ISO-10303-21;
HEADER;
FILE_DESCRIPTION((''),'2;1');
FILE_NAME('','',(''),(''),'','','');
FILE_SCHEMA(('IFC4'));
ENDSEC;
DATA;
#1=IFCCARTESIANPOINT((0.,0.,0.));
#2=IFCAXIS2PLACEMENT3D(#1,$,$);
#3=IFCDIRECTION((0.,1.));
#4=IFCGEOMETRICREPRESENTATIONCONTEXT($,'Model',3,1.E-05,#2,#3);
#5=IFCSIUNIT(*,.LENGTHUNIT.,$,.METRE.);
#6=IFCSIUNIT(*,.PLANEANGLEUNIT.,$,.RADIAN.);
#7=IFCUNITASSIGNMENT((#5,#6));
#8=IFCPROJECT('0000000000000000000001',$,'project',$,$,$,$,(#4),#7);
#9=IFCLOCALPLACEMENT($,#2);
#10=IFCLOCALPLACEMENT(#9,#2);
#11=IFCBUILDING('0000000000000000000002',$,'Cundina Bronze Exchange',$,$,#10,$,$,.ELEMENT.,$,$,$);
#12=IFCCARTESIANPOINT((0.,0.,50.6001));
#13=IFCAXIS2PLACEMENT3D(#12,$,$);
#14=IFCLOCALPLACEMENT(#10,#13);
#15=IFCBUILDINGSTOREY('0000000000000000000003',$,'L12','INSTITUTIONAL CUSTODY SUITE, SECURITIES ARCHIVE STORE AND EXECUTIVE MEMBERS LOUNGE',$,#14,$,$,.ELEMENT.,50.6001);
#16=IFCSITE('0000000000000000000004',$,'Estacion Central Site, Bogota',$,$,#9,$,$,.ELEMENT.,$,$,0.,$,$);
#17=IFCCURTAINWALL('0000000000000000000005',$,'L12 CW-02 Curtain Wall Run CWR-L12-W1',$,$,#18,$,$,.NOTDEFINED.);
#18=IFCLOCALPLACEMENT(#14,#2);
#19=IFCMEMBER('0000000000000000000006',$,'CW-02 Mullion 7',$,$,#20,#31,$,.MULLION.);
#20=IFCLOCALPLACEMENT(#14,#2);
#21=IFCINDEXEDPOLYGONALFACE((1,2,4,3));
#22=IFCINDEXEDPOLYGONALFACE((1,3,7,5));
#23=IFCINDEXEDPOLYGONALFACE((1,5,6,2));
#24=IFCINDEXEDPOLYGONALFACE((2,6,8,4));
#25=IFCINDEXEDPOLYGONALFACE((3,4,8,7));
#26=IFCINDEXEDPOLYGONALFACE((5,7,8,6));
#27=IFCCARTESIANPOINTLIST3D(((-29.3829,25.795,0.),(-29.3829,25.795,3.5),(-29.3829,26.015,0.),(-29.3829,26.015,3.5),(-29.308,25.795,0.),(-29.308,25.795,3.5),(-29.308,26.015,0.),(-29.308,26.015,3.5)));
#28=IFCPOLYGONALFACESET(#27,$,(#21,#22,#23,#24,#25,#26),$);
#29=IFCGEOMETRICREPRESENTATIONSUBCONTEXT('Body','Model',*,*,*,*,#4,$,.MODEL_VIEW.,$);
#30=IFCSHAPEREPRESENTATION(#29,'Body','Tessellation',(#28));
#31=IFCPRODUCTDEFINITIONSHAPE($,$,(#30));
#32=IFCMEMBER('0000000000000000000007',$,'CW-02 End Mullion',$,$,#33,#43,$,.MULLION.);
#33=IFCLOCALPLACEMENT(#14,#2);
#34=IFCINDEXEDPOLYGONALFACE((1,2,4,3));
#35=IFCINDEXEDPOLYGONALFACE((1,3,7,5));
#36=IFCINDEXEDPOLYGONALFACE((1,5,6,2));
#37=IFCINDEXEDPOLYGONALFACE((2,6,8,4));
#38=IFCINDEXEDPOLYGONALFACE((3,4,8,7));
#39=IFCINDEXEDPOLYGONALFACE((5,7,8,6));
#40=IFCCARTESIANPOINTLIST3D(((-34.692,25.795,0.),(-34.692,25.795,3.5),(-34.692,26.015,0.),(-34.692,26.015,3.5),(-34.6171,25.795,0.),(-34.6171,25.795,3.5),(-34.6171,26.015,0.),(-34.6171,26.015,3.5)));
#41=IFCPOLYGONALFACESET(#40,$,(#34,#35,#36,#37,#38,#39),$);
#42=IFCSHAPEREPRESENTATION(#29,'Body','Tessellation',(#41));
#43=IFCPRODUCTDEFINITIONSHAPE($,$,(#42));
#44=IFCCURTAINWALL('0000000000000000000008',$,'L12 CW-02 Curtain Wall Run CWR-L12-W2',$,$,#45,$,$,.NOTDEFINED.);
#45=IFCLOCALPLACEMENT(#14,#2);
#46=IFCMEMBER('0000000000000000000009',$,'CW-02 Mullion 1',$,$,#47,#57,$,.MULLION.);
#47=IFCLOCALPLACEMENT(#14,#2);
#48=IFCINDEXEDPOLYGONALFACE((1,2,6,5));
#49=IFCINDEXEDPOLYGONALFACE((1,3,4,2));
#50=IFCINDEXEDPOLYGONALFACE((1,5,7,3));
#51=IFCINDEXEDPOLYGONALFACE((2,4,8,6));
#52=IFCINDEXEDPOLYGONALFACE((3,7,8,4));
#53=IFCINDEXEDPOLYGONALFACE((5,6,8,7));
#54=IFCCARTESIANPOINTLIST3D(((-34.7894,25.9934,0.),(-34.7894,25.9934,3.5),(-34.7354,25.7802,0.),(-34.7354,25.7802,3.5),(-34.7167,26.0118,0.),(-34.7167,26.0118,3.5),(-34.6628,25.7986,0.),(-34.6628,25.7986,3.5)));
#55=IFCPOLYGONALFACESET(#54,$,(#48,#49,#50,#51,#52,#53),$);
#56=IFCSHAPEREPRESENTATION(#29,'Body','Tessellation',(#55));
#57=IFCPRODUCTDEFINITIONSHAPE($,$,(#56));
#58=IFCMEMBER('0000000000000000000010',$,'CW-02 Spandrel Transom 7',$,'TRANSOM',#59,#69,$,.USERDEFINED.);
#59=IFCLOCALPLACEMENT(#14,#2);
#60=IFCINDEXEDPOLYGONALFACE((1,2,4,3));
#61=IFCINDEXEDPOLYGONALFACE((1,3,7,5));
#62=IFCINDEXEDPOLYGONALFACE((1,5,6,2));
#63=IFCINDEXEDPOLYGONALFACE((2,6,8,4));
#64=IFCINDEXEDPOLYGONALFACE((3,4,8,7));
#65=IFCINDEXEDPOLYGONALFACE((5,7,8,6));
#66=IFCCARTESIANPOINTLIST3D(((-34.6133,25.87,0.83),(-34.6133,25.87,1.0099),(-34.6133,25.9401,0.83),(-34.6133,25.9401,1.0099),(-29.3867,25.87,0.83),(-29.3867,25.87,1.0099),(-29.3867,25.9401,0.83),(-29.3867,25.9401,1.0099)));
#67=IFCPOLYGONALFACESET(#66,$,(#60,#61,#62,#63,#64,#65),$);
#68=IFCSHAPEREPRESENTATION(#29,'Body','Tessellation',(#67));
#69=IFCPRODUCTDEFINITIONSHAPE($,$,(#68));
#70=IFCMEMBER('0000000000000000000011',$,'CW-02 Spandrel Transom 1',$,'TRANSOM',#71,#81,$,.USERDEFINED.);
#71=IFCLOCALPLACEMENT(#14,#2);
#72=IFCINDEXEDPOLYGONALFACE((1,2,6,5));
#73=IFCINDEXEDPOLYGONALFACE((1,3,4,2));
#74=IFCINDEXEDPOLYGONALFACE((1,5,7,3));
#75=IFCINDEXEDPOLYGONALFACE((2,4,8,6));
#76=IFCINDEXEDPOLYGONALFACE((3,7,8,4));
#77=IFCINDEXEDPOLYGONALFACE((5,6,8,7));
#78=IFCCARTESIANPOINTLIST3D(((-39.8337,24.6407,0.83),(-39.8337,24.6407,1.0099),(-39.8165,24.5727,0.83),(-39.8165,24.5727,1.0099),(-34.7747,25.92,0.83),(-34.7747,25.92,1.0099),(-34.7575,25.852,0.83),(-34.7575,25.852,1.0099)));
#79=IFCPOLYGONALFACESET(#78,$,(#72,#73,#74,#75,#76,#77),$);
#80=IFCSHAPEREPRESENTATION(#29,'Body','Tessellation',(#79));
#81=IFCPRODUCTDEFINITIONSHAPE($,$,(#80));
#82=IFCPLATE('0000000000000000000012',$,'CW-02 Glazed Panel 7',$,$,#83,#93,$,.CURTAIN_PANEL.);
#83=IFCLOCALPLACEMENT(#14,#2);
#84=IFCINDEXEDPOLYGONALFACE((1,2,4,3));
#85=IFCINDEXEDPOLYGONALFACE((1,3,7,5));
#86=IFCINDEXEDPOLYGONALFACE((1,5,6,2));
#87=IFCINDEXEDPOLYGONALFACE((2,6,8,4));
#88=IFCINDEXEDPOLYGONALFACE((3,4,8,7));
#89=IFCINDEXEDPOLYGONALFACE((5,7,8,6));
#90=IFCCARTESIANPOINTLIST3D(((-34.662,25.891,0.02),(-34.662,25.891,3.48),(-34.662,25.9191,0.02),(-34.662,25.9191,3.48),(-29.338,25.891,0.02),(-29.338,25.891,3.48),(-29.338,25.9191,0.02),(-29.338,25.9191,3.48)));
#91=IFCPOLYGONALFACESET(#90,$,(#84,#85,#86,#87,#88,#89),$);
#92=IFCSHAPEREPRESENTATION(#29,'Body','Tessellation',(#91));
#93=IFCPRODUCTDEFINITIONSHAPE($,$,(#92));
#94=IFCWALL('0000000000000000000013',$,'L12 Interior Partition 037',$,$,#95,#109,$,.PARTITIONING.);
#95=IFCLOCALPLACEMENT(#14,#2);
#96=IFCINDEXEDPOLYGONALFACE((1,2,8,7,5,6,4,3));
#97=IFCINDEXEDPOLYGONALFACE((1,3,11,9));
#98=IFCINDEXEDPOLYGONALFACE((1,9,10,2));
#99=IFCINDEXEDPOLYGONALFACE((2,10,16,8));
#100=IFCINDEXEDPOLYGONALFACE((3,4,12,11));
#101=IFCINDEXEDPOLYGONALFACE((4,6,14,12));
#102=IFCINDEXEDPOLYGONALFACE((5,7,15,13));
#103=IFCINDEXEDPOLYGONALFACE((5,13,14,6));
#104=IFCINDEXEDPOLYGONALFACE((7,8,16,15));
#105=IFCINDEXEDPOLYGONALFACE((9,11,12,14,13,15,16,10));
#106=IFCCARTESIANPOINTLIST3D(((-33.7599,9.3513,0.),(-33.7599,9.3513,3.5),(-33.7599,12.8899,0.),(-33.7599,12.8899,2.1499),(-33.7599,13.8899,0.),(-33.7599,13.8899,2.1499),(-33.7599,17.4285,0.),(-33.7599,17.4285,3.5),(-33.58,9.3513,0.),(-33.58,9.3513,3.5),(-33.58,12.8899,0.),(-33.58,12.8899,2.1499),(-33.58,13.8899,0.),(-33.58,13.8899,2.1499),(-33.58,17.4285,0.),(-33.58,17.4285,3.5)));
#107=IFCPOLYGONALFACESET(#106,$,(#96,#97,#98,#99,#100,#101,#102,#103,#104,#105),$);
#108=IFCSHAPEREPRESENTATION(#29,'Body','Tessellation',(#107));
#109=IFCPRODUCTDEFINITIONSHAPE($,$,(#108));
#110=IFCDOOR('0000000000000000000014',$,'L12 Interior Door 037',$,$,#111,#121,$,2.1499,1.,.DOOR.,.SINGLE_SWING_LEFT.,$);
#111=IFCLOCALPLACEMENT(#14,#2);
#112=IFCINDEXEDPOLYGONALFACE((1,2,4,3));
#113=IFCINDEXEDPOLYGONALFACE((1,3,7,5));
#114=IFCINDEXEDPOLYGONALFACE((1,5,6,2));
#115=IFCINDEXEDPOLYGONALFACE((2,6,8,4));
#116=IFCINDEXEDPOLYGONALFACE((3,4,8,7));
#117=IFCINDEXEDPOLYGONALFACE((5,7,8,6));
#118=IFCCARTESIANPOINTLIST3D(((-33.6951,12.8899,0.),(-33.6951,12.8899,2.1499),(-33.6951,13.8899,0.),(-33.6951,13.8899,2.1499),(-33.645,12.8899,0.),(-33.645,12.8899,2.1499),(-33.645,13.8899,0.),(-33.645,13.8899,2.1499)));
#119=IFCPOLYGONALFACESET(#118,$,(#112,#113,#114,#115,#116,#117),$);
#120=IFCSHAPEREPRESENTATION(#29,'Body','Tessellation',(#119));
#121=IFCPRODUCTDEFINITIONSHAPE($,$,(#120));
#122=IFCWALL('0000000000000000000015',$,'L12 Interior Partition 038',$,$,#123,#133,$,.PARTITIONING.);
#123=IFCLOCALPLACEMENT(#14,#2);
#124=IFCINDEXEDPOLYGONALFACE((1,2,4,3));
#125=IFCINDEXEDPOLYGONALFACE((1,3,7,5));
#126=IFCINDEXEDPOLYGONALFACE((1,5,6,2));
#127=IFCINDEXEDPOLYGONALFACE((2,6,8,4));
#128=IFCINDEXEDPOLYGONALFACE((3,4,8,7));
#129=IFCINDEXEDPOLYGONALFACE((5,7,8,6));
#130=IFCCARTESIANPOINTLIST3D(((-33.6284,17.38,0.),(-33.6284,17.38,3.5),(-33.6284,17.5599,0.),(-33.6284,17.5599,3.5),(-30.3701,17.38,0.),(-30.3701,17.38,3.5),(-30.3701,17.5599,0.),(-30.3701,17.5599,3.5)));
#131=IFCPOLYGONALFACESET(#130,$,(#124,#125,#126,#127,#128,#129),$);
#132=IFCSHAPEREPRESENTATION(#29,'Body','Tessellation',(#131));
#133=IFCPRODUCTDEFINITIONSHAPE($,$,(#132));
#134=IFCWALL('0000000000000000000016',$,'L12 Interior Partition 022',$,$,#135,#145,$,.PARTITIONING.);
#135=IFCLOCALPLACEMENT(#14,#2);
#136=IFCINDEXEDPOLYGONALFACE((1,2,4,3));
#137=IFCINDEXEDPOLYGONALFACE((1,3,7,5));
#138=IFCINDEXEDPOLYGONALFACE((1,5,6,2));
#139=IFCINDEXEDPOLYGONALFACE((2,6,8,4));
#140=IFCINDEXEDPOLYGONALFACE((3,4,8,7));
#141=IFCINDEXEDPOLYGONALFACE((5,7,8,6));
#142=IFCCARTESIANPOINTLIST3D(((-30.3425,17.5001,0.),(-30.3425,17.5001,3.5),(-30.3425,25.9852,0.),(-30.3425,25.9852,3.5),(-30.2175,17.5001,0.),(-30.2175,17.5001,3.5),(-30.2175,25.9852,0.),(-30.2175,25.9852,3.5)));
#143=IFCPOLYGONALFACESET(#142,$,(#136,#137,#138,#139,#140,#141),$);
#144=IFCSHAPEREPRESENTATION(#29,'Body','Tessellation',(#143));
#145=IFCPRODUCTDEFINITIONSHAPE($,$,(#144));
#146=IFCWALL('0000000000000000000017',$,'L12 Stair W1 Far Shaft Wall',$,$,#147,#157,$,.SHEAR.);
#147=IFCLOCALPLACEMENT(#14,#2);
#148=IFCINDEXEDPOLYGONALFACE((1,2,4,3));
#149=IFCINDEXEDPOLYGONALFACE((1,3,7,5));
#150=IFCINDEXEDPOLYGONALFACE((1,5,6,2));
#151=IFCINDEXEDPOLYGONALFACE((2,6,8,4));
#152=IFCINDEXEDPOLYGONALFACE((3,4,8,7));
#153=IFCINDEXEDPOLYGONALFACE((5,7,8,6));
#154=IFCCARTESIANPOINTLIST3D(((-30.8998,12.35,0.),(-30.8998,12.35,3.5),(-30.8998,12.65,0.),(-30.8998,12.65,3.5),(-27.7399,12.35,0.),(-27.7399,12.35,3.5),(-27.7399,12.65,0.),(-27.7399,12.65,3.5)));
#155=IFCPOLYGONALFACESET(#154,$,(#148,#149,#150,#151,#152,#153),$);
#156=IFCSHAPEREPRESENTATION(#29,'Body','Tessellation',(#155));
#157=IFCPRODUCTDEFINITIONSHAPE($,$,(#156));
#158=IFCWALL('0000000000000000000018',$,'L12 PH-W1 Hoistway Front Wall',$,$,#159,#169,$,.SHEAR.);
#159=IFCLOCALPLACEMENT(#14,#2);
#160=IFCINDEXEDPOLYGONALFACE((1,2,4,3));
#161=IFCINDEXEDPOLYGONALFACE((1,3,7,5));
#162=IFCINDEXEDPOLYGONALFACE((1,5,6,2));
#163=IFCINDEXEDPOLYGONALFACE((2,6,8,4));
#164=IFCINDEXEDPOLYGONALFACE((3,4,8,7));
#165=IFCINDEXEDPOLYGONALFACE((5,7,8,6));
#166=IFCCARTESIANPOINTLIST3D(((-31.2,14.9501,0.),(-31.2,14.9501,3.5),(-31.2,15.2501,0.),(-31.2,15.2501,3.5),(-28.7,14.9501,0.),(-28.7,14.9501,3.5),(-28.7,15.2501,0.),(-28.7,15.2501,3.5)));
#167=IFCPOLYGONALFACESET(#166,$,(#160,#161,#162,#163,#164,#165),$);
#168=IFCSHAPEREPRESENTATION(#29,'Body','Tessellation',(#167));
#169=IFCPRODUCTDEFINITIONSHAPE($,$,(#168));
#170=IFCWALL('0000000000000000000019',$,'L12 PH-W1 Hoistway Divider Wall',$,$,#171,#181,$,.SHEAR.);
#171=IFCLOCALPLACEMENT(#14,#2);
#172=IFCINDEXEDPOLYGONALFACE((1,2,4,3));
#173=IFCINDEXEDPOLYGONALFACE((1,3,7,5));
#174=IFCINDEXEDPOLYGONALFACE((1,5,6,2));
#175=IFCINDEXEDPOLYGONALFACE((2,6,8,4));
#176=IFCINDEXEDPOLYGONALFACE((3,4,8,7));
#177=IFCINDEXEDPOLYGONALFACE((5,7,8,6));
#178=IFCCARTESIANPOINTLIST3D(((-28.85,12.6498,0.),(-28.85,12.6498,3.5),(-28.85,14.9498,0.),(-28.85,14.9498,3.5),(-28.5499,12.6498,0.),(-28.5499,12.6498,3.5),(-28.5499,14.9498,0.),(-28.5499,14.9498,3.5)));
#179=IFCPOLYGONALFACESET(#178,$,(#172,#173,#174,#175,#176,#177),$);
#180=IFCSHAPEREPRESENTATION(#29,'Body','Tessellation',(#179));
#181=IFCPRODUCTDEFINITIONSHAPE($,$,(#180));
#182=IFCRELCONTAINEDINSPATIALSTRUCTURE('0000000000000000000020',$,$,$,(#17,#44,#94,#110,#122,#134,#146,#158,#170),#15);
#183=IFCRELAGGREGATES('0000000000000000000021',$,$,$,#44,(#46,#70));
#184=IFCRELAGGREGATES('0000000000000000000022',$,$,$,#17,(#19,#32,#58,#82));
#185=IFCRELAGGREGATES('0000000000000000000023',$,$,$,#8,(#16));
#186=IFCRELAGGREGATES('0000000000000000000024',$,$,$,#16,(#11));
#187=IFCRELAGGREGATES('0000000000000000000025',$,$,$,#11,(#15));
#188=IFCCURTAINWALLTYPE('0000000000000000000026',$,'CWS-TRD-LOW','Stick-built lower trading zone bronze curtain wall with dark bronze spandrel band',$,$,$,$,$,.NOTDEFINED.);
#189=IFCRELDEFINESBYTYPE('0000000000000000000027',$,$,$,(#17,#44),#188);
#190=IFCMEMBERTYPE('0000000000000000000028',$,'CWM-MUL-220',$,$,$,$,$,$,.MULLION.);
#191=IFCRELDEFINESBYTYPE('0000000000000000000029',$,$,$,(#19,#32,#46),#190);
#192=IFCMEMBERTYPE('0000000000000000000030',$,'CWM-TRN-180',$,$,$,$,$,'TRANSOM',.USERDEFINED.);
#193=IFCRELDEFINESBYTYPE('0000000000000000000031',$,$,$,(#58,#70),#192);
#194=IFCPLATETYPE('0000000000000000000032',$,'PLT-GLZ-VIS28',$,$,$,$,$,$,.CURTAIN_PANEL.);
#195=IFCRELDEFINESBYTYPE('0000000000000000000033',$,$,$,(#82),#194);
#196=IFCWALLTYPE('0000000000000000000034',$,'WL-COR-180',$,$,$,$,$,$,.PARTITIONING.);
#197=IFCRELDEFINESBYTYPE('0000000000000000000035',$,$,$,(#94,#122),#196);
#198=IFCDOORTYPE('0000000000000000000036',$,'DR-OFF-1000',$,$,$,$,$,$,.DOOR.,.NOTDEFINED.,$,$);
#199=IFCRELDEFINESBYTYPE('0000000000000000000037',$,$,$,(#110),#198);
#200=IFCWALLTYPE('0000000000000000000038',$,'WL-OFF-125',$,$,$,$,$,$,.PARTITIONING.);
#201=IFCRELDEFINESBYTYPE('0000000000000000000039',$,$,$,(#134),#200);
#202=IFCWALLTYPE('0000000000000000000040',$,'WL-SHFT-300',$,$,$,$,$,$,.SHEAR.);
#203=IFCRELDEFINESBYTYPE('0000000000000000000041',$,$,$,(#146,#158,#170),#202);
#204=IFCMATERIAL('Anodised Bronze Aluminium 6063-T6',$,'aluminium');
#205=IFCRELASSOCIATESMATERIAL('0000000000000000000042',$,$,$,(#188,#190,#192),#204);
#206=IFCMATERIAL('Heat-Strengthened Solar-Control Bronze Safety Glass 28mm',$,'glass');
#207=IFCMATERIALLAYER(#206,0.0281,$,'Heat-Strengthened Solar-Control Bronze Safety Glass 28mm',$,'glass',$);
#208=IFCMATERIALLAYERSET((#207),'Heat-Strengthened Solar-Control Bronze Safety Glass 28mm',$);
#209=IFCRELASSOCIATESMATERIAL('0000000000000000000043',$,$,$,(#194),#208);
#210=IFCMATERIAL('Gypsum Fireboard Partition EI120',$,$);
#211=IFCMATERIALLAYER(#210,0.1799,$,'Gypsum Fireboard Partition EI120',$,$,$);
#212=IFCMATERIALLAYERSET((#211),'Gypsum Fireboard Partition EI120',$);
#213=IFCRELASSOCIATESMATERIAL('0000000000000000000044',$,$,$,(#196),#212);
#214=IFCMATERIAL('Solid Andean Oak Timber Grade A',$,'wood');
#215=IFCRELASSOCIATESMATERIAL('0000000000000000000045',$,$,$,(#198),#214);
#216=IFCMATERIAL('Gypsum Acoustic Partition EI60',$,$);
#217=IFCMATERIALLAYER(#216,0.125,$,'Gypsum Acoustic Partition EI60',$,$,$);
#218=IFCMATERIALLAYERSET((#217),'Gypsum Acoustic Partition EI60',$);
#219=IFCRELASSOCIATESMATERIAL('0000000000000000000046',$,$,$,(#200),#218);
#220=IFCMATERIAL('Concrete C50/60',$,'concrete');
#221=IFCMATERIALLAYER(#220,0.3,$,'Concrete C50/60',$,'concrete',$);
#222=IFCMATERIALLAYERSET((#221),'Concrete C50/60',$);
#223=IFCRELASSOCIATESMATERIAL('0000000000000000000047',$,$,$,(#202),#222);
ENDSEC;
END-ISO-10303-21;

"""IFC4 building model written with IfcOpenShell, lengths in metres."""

from ifc_helpers import new_model, si_unit, direction, frame, frame_2d, origin, origin_2d, place, context, subcontext, project, spatial, rectangle, extrude, material, layer, layer_set, material_profile, profile_set, type_object, element, fill, aggregate, save


model = new_model("IFC4")

# Units and contexts
model_context = context("Model", 3, precision=1e-05, world=origin(), true_north=direction((0.0, 1.0)))
body_context = subcontext(model_context, "Body", "Model", "MODEL_VIEW")
ifc_project = project(units=[si_unit("LENGTHUNIT", "METRE"), si_unit("PLANEANGLEUNIT", "RADIAN")], contexts=[model_context])

# Site, building, storey
site_placement = place(None, origin())
site = spatial("IfcSite", under=ifc_project, at=site_placement, Name="Estacion Central Site, Bogota", CompositionType="ELEMENT", RefElevation=0.0)
building_placement = place(site_placement, origin())
building = spatial("IfcBuilding", under=site, at=building_placement, Name="Cundina Bronze Exchange", CompositionType="ELEMENT")
storey_placement = place(building_placement, frame((0.0, 0.0, 50.6001)))
storey = spatial("IfcBuildingStorey", under=building, at=storey_placement, Name="L12", Description="INSTITUTIONAL CUSTODY SUITE, SECURITIES ARCHIVE STORE AND EXECUTIVE MEMBERS LOUNGE", CompositionType="ELEMENT", Elevation=50.6001)

# Curtain wall, members
ifc_material_1 = material(Name="Anodised Bronze Aluminium 6063-T6", Category="aluminium")
curtain_wall_type = type_object("IfcCurtainWallType", Name="CWS-TRD-LOW", Description="Stick-built lower trading zone bronze curtain wall with dark bronze spandrel band", PredefinedType="NOTDEFINED", material=ifc_material_1)
curtain_wall_1_placement = place(storey_placement, origin())
curtain_wall_1 = element("IfcCurtainWall", 1, at=curtain_wall_1_placement, inside=storey, type_object=curtain_wall_type, Name="L12 CW-02 Curtain Wall Run CWR-L12-W1", PredefinedType="NOTDEFINED")
ifc_material_profile_1 = material_profile(ifc_material_1, rectangle(XDim=0.075, YDim=0.22, at=origin_2d()), Name="AL75X220", Category="aluminium")
ifc_profile_set_1 = profile_set([ifc_material_profile_1], Name="Anodised Bronze Aluminium 6063-T6")
member_type_1 = type_object("IfcMemberType", Name="CWM-MUL-220", PredefinedType="MULLION", material=ifc_profile_set_1)
member_1_placement = place(storey_placement, frame((-29.3455, 25.905, 0.0), z_axis=(0.0, 0.0, 1.0), x_axis=(-1.0, 0.0, 0.0)))
member_1 = element("IfcMember", 2, at=member_1_placement, type_object=member_type_1, Name="CW-02 Mullion 7", PredefinedType="MULLION", context=body_context, shape_type="SweptSolid", body=[
    extrude(rectangle(XDim=0.075, YDim=0.22, at=origin_2d()), origin(), (0.0, 0.0, 1.0), 3.5),
])
member_2_placement = place(storey_placement, frame((-34.6545, 25.905, 0.0), z_axis=(0.0, 0.0, 1.0), x_axis=(-1.0, 0.0, 0.0)))
member_2 = element("IfcMember", 3, at=member_2_placement, type_object=member_type_1, Name="CW-02 End Mullion", PredefinedType="MULLION", context=body_context, shape_type="SweptSolid", body=[
    extrude(rectangle(XDim=0.075, YDim=0.22, at=origin_2d()), origin(), (0.0, 0.0, 1.0), 3.5),
])

# Curtain wall, member
curtain_wall_2_placement = place(storey_placement, origin())
curtain_wall_2 = element("IfcCurtainWall", 4, at=curtain_wall_2_placement, inside=storey, type_object=curtain_wall_type, Name="L12 CW-02 Curtain Wall Run CWR-L12-W2", PredefinedType="NOTDEFINED")
member_3_placement = place(storey_placement, frame((-34.7261, 25.896, 0.0), z_axis=(0.0, 0.0, 1.0), x_axis=(-0.969488, -0.245138, 0.0)))
member_3 = element("IfcMember", 5, at=member_3_placement, type_object=member_type_1, Name="CW-02 Mullion 1", PredefinedType="MULLION", context=body_context, shape_type="SweptSolid", body=[
    extrude(rectangle(XDim=0.075, YDim=0.22, at=origin_2d()), origin(), (0.0, 0.0, 1.0), 3.5),
])

# Members
ifc_material_profile_2 = material_profile(ifc_material_1, rectangle(XDim=0.0701, YDim=0.1799, at=origin_2d()), Name="AL70X180", Category="aluminium")
ifc_profile_set_2 = profile_set([ifc_material_profile_2], Name="Anodised Bronze Aluminium 6063-T6")
member_type_2 = type_object("IfcMemberType", Name="CWM-TRN-180", ElementType="TRANSOM", PredefinedType="USERDEFINED", material=ifc_profile_set_2)
member_4_placement = place(storey_placement, frame((-29.3867, 25.905, 0.9199), z_axis=(-1.0, 0.0, 0.0), x_axis=(0.0, -1.0, 0.0)))
member_4 = element("IfcMember", 6, at=member_4_placement, type_object=member_type_2, Name="CW-02 Spandrel Transom 7", ObjectType="TRANSOM", PredefinedType="USERDEFINED", context=body_context, shape_type="SweptSolid", body=[
    extrude(rectangle(XDim=0.0701, YDim=0.1799, at=origin_2d()), origin(), (0.0, 0.0, 1.0), 5.2266),
])
member_5_placement = place(storey_placement, frame((-34.7661, 25.886, 0.9199), z_axis=(-0.969484, -0.245155, 0.0), x_axis=(0.245155, -0.969484, 0.0)))
member_5 = element("IfcMember", 7, at=member_5_placement, type_object=member_type_2, Name="CW-02 Spandrel Transom 1", ObjectType="TRANSOM", PredefinedType="USERDEFINED", context=body_context, shape_type="SweptSolid", body=[
    extrude(rectangle(XDim=0.0701, YDim=0.1799, at=origin_2d()), origin(), (0.0, 0.0, 1.0), 5.2183),
])
aggregate(curtain_wall_2, [member_3, member_5])

# Plate
ifc_material_2 = material(Name="Heat-Strengthened Solar-Control Bronze Safety Glass 28mm", Category="glass")
ifc_layer_1 = layer(ifc_material_2, 0.0281, Name="Heat-Strengthened Solar-Control Bronze Safety Glass 28mm", Category="glass")
ifc_layer_set_1 = layer_set([ifc_layer_1], Name="Heat-Strengthened Solar-Control Bronze Safety Glass 28mm")
plate_type = type_object("IfcPlateType", Name="PLT-GLZ-VIS28", PredefinedType="CURTAIN_PANEL", material=ifc_layer_set_1)
plate_placement = place(storey_placement, frame((-32.0, 25.905, 0.02), z_axis=(0.0, 0.0, 1.0), x_axis=(-1.0, 0.0, 0.0)))
plate = element("IfcPlate", 8, at=plate_placement, type_object=plate_type, Name="CW-02 Glazed Panel 7", PredefinedType="CURTAIN_PANEL", context=body_context, shape_type="SweptSolid", body=[
    extrude(rectangle(XDim=5.324, YDim=0.0281, at=origin_2d()), origin(), (0.0, 0.0, 1.0), 3.46),
])
aggregate(curtain_wall_1, [member_1, member_2, member_4, plate])

# Wall, opening, door
ifc_material_3 = material(Name="Gypsum Fireboard Partition EI120")
ifc_layer_2 = layer(ifc_material_3, 0.1799, Name="Gypsum Fireboard Partition EI120")
ifc_layer_set_2 = layer_set([ifc_layer_2], Name="Gypsum Fireboard Partition EI120")
wall_type_1 = type_object("IfcWallType", Name="WL-COR-180", PredefinedType="PARTITIONING", material=ifc_layer_set_2)
ifc_material_4 = material(Name="Solid Andean Oak Timber Grade A", Category="wood")
door_type_1 = type_object("IfcDoorType", Name="DR-OFF-1000", OperationType="NOTDEFINED", PredefinedType="DOOR", material=ifc_material_4)
wall_1_placement = place(storey_placement, frame((-33.6699, 17.4285, 0.0), z_axis=(0.0, 0.0, 1.0), x_axis=(0.0, -1.0, 0.0)))
wall_1 = element("IfcWall", 9, at=wall_1_placement, inside=storey, type_object=wall_type_1, Name="L12 Interior Partition 037", PredefinedType="PARTITIONING", context=body_context, shape_type="SweptSolid", body=[
    extrude(rectangle(XDim=8.0771, YDim=0.1799, at=frame_2d((4.0386, 0.0))), origin(), (0.0, 0.0, 1.0), 3.5),
])
opening_1_placement = place(wall_1_placement, frame((3.5386, 0.0, 0.0)))
opening_1 = element("IfcOpeningElement", 10, at=opening_1_placement, cuts=wall_1, PredefinedType="OPENING", context=body_context, shape_type="SweptSolid", body=[
    extrude(rectangle(XDim=1.0, YDim=2.1499, at=frame_2d((0.5, 1.075))), frame((0.0, 0.0999, 0.0), z_axis=(0.0, -1.0, 0.0), x_axis=(1.0, 0.0, 0.0)), (0.0, 0.0, 1.0), 0.2),
])
door_1_placement = place(opening_1_placement, origin())
door_1 = element("IfcDoor", 11, at=door_1_placement, inside=storey, type_object=door_type_1, Name="L12 Interior Door 037", OperationType="SINGLE_SWING_LEFT", OverallHeight=2.1499, OverallWidth=1.0, PredefinedType="DOOR", context=body_context, shape_type="SweptSolid", body=[
    extrude(rectangle(XDim=1.0, YDim=2.1499, at=frame_2d((0.5, 1.075))), frame((0.0, 0.0249, 0.0), z_axis=(0.0, -1.0, 0.0), x_axis=(1.0, 0.0, 0.0)), (0.0, 0.0, 1.0), 0.05),
])
fill(opening_1, door_1)

# Walls
wall_2_placement = place(storey_placement, frame((-30.3701, 17.47, 0.0), z_axis=(0.0, 0.0, 1.0), x_axis=(-1.0, 0.0, 0.0)))
element("IfcWall", 12, at=wall_2_placement, inside=storey, type_object=wall_type_1, Name="L12 Interior Partition 038", PredefinedType="PARTITIONING", context=body_context, shape_type="SweptSolid", body=[
    extrude(rectangle(XDim=3.2583, YDim=0.1799, at=frame_2d((1.6292, 0.0))), origin(), (0.0, 0.0, 1.0), 3.5),
])
ifc_material_5 = material(Name="Gypsum Acoustic Partition EI60")
ifc_layer_3 = layer(ifc_material_5, 0.125, Name="Gypsum Acoustic Partition EI60")
ifc_layer_set_3 = layer_set([ifc_layer_3], Name="Gypsum Acoustic Partition EI60")
wall_type_2 = type_object("IfcWallType", Name="WL-OFF-125", PredefinedType="PARTITIONING", material=ifc_layer_set_3)
wall_3_placement = place(storey_placement, frame((-30.28, 17.5, 0.0), z_axis=(0.0, 0.0, 1.0), x_axis=(0.0, 1.0, 0.0)))
element("IfcWall", 13, at=wall_3_placement, inside=storey, type_object=wall_type_2, Name="L12 Interior Partition 022", PredefinedType="PARTITIONING", context=body_context, shape_type="SweptSolid", body=[
    extrude(rectangle(XDim=8.4851, YDim=0.125, at=frame_2d((4.2427, 0.0))), origin(), (0.0, 0.0, 1.0), 3.5),
])

# Shared definitions
ifc_material_6 = material(Name="Concrete C50/60", Category="concrete")
ifc_layer_4 = layer(ifc_material_6, 0.3, Name="Concrete C50/60", Category="concrete")
ifc_layer_set_4 = layer_set([ifc_layer_4], Name="Concrete C50/60")
wall_type_3 = type_object("IfcWallType", Name="WL-SHFT-300", PredefinedType="SHEAR", material=ifc_layer_set_4)

# Walls
wall_4_placement = place(storey_placement, frame((-30.8999, 12.5, 0.0), z_axis=(0.0, 0.0, 1.0), x_axis=(1.0, 0.0, 0.0)))
element("IfcWall", 14, at=wall_4_placement, inside=storey, type_object=wall_type_3, Name="L12 Stair W1 Far Shaft Wall", PredefinedType="SHEAR", context=body_context, shape_type="SweptSolid", body=[
    extrude(rectangle(XDim=3.1599, YDim=0.3, at=frame_2d((1.5801, 0.0))), origin(), (0.0, 0.0, 1.0), 3.5),
])
wall_5_placement = place(storey_placement, frame((-31.2, 15.1001, 0.0), z_axis=(0.0, 0.0, 1.0), x_axis=(1.0, 0.0, 0.0)))
element("IfcWall", 15, at=wall_5_placement, inside=storey, type_object=wall_type_3, Name="L12 PH-W1 Hoistway Front Wall", PredefinedType="SHEAR", context=body_context, shape_type="SweptSolid", body=[
    extrude(rectangle(XDim=2.5, YDim=0.3, at=frame_2d((1.25, 0.0))), origin(), (0.0, 0.0, 1.0), 3.5),
])
wall_6_placement = place(storey_placement, frame((-28.7, 12.6499, 0.0), z_axis=(0.0, 0.0, 1.0), x_axis=(0.0, 1.0, 0.0)))
element("IfcWall", 16, at=wall_6_placement, inside=storey, type_object=wall_type_3, Name="L12 PH-W1 Hoistway Divider Wall", PredefinedType="SHEAR", context=body_context, shape_type="SweptSolid", body=[
    extrude(rectangle(XDim=2.3, YDim=0.3, at=frame_2d((1.1499, 0.0))), origin(), (0.0, 0.0, 1.0), 3.5),
])

save(model, "model.ifc")
